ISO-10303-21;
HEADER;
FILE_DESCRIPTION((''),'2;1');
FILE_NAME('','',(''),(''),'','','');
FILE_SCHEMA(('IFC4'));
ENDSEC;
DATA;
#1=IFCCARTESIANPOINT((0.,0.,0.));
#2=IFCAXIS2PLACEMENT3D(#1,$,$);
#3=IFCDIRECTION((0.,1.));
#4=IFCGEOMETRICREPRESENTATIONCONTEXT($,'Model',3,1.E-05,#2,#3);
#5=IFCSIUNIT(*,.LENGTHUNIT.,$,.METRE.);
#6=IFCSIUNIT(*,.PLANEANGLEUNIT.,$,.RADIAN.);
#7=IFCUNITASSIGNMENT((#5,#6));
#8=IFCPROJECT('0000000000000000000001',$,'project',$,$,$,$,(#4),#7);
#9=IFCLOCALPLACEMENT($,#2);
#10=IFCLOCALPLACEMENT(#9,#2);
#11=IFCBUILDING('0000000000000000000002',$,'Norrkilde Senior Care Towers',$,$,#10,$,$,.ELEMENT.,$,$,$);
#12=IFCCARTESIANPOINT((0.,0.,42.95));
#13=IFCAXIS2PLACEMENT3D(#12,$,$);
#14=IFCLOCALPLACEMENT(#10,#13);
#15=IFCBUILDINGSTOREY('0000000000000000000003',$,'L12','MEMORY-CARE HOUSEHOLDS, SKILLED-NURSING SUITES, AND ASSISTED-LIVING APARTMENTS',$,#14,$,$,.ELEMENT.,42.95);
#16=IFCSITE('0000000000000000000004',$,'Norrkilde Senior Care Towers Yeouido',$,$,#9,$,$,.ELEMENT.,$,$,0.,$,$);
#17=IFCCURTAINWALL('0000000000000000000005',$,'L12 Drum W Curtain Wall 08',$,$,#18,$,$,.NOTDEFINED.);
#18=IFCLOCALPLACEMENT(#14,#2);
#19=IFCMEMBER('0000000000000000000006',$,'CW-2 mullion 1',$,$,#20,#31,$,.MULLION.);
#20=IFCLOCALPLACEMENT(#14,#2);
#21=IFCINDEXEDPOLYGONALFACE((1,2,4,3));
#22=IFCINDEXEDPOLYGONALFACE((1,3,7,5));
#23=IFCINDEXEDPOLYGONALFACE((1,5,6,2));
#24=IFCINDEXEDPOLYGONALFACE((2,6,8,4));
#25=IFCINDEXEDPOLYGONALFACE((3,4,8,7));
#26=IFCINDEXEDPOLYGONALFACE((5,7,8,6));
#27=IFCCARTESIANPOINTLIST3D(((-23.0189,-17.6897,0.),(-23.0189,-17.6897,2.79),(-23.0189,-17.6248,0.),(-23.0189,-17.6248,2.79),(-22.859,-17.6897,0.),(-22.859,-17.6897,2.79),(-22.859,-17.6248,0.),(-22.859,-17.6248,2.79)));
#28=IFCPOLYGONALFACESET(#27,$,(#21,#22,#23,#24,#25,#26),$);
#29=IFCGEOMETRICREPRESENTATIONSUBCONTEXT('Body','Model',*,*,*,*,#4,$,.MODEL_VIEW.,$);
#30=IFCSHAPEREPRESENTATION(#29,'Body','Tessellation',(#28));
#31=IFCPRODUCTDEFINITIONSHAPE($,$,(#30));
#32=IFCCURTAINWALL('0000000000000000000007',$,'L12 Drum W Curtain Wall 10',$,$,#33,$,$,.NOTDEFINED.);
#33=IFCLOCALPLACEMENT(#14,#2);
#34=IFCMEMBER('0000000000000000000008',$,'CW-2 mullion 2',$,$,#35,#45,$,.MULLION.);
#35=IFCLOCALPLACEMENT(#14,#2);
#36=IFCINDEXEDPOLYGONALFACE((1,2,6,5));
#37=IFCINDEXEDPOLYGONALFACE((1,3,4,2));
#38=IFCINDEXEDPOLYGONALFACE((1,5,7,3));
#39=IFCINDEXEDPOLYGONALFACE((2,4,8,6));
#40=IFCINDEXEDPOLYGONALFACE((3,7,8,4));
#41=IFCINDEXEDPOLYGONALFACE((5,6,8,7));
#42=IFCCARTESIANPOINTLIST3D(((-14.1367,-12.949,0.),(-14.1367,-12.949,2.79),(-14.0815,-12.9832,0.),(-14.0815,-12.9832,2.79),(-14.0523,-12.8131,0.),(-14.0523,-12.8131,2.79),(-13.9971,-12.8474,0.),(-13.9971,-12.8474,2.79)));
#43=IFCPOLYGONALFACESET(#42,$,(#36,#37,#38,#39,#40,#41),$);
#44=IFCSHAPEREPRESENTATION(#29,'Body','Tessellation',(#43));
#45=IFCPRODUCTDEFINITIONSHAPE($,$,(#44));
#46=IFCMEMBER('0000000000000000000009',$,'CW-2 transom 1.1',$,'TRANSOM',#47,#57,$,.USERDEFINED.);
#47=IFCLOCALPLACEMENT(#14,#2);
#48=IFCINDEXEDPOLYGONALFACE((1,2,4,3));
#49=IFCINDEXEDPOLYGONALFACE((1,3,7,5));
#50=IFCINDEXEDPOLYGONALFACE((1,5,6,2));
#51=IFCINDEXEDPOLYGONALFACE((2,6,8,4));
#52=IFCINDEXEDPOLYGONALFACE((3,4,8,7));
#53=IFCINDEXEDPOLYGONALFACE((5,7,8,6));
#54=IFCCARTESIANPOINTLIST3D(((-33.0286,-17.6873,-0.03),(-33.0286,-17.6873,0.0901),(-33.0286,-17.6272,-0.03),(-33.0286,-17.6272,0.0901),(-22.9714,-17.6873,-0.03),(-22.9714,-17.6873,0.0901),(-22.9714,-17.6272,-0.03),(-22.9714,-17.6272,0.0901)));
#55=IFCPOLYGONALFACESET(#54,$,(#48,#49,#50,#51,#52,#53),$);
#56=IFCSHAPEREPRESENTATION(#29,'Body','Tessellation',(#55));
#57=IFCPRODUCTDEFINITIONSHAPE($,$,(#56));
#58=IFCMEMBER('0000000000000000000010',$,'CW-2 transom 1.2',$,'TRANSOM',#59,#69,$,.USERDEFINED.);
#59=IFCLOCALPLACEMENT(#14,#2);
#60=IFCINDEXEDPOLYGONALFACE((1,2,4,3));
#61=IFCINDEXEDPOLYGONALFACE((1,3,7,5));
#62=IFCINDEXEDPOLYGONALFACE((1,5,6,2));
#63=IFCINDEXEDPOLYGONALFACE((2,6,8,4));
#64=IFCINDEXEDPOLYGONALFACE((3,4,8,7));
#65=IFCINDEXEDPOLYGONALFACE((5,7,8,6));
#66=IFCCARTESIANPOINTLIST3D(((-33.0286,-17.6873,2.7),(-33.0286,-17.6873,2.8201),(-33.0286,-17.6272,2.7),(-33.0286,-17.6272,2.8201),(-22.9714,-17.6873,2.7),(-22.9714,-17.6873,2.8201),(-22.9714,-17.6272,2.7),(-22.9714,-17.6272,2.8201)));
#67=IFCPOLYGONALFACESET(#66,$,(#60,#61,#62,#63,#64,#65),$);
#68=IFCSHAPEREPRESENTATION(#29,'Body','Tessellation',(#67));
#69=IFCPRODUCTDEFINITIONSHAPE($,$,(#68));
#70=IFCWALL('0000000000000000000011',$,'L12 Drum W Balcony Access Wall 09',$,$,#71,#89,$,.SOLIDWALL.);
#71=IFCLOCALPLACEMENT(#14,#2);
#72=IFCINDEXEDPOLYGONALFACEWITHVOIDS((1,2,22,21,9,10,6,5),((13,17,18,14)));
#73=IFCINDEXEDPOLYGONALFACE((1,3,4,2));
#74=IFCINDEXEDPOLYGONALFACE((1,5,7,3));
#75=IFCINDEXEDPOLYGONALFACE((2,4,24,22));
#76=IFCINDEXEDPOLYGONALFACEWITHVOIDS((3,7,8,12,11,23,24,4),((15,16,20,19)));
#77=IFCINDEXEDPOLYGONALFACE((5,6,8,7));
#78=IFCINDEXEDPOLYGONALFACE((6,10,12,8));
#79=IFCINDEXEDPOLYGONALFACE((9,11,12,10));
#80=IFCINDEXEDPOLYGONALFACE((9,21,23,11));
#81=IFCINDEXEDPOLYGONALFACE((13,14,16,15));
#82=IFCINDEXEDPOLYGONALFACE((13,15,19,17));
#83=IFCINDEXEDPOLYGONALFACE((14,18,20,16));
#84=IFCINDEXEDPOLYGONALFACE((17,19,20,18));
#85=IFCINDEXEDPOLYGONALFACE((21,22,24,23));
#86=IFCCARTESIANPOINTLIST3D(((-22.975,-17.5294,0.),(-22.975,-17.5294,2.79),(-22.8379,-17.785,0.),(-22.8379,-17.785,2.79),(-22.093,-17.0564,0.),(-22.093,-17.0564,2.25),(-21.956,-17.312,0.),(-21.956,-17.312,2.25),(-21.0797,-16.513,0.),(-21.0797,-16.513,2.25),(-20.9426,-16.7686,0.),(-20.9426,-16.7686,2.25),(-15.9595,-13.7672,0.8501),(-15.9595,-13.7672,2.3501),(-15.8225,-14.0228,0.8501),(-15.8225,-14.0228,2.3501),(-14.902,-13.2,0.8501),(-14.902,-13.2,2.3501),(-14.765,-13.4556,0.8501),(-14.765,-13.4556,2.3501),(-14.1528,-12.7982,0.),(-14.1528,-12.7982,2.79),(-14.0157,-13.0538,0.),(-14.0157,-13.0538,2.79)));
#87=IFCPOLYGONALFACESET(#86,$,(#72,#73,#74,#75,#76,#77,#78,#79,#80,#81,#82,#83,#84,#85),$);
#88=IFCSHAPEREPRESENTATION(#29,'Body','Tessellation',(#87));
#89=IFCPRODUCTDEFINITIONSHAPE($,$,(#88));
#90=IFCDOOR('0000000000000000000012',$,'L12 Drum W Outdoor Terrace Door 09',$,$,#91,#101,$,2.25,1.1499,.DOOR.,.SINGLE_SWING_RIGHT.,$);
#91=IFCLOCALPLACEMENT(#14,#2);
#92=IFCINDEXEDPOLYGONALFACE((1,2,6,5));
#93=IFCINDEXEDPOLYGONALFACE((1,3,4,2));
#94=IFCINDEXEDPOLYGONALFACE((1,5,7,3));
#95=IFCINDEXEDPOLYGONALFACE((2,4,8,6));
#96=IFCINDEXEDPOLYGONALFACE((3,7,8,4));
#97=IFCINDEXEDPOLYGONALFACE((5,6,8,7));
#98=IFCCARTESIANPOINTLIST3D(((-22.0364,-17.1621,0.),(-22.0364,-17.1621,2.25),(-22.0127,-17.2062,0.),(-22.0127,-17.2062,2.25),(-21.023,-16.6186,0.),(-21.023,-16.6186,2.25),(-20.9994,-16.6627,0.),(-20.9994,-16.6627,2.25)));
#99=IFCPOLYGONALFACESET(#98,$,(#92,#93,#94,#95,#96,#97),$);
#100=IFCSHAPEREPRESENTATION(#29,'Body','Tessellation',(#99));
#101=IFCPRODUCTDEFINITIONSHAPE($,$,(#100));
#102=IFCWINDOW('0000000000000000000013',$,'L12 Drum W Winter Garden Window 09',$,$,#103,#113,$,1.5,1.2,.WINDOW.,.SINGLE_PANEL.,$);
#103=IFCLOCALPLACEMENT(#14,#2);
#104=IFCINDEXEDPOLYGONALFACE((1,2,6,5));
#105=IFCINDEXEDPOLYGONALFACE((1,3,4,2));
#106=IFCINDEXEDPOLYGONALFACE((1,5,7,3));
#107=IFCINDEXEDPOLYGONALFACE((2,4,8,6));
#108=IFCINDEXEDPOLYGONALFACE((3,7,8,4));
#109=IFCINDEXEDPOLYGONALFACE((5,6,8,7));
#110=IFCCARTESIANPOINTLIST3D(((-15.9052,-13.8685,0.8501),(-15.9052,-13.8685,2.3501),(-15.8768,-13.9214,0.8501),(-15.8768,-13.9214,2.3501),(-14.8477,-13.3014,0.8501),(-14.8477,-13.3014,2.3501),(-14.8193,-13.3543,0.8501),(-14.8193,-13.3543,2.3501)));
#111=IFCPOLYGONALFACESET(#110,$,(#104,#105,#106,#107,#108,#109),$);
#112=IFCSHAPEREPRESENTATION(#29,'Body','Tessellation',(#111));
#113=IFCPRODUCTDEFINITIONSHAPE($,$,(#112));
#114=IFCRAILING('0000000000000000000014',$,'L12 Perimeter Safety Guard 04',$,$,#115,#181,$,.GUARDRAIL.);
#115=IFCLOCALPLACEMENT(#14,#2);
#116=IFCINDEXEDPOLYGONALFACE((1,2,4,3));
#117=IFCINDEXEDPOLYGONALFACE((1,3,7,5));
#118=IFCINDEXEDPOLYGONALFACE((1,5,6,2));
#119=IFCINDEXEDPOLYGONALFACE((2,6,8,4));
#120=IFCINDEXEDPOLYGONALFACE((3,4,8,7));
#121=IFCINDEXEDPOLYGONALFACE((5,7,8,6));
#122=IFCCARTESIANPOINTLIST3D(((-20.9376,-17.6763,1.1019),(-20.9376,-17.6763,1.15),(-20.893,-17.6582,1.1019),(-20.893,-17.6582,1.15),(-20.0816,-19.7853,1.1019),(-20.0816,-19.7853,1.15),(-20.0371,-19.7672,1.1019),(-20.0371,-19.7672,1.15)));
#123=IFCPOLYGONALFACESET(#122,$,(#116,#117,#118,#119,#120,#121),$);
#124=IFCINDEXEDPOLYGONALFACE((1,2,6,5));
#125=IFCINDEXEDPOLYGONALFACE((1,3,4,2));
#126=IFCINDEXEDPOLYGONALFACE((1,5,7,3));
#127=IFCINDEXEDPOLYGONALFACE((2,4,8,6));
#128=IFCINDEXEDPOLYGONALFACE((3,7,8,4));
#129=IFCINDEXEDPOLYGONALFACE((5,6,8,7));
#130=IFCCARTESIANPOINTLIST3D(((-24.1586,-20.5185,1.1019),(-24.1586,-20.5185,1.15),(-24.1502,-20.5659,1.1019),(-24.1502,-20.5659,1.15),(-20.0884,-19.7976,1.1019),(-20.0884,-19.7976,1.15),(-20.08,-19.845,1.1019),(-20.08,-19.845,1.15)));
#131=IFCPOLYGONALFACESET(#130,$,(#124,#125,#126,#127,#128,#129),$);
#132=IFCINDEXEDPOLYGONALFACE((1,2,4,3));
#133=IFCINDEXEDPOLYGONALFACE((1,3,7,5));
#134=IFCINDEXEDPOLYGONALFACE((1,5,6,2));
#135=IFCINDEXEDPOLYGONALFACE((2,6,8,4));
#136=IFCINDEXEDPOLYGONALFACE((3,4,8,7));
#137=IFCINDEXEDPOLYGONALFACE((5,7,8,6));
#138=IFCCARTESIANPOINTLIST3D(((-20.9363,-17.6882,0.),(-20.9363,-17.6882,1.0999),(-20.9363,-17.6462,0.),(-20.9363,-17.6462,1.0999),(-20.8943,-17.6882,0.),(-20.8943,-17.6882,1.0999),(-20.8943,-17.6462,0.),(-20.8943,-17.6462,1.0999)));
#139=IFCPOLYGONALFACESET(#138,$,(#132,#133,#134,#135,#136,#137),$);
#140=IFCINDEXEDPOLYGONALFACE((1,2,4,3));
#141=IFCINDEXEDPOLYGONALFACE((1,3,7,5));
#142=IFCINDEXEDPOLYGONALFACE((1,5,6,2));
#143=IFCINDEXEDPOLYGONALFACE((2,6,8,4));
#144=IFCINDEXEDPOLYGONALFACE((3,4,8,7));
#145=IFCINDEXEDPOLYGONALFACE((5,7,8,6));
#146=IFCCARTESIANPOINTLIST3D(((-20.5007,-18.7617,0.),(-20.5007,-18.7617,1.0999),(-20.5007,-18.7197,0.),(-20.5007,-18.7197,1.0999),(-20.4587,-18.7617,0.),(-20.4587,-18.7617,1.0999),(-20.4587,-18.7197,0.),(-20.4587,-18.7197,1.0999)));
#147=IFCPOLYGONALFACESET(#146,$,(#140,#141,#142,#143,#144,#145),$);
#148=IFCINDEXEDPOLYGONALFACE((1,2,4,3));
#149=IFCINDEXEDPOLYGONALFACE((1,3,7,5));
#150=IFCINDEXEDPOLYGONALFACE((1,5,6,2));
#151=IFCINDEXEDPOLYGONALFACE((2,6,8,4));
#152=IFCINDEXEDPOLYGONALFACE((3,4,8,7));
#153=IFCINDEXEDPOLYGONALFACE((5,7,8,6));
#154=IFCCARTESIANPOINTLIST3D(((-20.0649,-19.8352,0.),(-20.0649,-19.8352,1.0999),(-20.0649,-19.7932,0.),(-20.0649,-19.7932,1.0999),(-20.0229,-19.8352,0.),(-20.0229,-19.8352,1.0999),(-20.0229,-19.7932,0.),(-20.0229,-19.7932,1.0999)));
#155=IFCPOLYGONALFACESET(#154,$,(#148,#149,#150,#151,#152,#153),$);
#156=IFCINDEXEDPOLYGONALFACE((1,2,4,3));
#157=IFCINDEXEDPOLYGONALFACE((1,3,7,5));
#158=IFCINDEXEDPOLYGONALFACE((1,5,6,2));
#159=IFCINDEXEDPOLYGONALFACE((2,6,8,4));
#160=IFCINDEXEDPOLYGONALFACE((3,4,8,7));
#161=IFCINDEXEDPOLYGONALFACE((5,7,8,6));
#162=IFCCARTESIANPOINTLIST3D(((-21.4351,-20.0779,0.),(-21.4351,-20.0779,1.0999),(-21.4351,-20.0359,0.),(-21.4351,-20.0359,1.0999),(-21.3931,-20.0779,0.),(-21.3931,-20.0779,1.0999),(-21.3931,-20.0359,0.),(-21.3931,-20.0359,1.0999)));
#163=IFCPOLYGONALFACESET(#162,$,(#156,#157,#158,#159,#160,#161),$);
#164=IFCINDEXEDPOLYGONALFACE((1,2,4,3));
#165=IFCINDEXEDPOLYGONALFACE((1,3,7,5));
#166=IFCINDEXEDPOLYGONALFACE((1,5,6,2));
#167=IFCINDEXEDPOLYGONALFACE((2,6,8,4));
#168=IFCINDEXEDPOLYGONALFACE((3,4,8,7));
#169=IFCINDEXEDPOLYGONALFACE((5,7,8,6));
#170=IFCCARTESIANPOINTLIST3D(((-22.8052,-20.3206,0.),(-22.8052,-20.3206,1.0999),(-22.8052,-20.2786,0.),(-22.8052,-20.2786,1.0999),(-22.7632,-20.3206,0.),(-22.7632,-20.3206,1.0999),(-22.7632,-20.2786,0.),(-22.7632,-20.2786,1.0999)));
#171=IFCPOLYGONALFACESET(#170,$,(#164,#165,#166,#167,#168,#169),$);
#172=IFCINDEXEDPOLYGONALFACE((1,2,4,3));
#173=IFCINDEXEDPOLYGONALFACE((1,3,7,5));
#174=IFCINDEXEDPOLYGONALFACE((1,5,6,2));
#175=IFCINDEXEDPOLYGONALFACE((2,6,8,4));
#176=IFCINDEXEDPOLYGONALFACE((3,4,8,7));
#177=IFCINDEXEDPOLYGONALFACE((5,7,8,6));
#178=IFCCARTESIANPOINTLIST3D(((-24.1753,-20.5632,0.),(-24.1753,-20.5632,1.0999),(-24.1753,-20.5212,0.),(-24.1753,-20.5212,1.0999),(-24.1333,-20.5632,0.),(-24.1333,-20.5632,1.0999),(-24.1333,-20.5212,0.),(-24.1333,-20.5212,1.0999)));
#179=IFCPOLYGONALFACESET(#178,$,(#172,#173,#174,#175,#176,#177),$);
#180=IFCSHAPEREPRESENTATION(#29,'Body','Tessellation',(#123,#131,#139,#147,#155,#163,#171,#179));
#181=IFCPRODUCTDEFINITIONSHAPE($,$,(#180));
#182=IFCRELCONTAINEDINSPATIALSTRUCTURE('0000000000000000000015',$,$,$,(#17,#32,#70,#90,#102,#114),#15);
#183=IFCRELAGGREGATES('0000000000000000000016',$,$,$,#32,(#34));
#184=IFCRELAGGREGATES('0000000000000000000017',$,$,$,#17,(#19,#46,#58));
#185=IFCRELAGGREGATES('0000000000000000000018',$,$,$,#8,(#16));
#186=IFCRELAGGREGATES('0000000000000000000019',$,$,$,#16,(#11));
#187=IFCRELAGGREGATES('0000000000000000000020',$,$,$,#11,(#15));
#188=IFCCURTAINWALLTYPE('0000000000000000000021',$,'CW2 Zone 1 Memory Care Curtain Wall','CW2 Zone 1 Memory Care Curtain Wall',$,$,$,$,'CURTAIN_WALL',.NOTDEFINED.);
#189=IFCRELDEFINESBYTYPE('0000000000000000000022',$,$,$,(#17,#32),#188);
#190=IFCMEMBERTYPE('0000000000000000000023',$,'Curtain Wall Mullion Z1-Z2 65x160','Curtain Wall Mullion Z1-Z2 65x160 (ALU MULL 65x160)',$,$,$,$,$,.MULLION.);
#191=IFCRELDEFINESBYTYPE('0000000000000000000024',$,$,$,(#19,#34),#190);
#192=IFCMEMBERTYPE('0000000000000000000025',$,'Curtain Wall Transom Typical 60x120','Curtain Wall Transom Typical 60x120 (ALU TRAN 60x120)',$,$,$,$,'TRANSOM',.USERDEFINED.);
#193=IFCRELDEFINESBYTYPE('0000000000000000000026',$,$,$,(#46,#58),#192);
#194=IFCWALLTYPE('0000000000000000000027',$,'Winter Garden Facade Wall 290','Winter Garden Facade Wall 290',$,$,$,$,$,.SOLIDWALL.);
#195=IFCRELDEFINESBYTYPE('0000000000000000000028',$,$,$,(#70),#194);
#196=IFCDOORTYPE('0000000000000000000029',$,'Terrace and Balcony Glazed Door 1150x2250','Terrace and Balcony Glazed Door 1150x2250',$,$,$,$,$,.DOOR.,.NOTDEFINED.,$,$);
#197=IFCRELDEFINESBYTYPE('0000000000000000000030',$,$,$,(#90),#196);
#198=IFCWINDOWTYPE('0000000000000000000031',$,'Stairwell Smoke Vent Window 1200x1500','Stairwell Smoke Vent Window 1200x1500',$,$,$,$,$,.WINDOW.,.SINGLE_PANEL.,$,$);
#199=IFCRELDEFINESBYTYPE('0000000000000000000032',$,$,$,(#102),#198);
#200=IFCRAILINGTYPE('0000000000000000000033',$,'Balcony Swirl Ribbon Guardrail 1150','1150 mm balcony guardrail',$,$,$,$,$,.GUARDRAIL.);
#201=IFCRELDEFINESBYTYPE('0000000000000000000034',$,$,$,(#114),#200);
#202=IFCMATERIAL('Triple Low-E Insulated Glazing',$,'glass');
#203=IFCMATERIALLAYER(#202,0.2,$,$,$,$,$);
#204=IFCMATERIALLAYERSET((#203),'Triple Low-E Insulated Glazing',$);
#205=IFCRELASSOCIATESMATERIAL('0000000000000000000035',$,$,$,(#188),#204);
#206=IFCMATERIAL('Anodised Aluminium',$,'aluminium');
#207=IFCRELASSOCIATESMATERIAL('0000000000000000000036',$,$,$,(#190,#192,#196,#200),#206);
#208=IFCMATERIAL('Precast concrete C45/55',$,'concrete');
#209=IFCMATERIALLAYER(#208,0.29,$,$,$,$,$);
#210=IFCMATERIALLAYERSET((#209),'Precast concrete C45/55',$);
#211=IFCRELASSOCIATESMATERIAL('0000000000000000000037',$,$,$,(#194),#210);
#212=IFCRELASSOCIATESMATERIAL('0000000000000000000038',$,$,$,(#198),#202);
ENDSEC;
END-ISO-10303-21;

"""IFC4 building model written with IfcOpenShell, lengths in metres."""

from ifc_helpers import new_model, si_unit, direction, frame, frame_2d, origin, origin_2d, place, context, subcontext, project, spatial, rectangle, extrude, source, transform, mapped, material, layer, layer_set, material_profile, profile_set, type_object, type_shapes, element, fill, aggregate, save


model = new_model("IFC4")

# Units and contexts
model_context = context("Model", 3, precision=1e-05, world=origin(), true_north=direction((0.0, 1.0)))
body_context = subcontext(model_context, "Body", "Model", "MODEL_VIEW")
ifc_project = project(units=[si_unit("LENGTHUNIT", "METRE"), si_unit("PLANEANGLEUNIT", "RADIAN")], contexts=[model_context])

# Site, building, storey
site_placement = place(None, origin())
site = spatial("IfcSite", under=ifc_project, at=site_placement, Name="Norrkilde Senior Care Towers Yeouido", CompositionType="ELEMENT", RefElevation=0.0)
building_placement = place(site_placement, origin())
building = spatial("IfcBuilding", under=site, at=building_placement, Name="Norrkilde Senior Care Towers", CompositionType="ELEMENT")
storey_placement = place(building_placement, frame((0.0, 0.0, 42.95)))
storey = spatial("IfcBuildingStorey", under=building, at=storey_placement, Name="L12", Description="MEMORY-CARE HOUSEHOLDS, SKILLED-NURSING SUITES, AND ASSISTED-LIVING APARTMENTS", CompositionType="ELEMENT", Elevation=42.95)

# Curtain walls, members
ifc_material_1 = material(Name="Triple Low-E Insulated Glazing", Category="glass")
ifc_layer_1 = layer(ifc_material_1, 0.2)
ifc_layer_set_1 = layer_set([ifc_layer_1], Name="Triple Low-E Insulated Glazing")
curtain_wall_type = type_object("IfcCurtainWallType", Name="CW2 Zone 1 Memory Care Curtain Wall", Description="CW2 Zone 1 Memory Care Curtain Wall", ElementType="CURTAIN_WALL", PredefinedType="NOTDEFINED", material=ifc_layer_set_1)
curtain_wall_1_placement = place(storey_placement, origin())
curtain_wall_1 = element("IfcCurtainWall", 1, at=curtain_wall_1_placement, inside=storey, type_object=curtain_wall_type, Name="L12 Drum W Curtain Wall 08", PredefinedType="NOTDEFINED")
ifc_material_2 = material(Name="Anodised Aluminium", Category="aluminium")
ifc_material_profile_1 = material_profile(ifc_material_2, rectangle(XDim=0.0649, YDim=0.1599, at=origin_2d()), Name="ALU MULL 65x160")
ifc_profile_set_1 = profile_set([ifc_material_profile_1], Name="Anodised Aluminium")
member_type_1 = type_object("IfcMemberType", Name="Curtain Wall Mullion Z1-Z2 65x160", Description="Curtain Wall Mullion Z1-Z2 65x160 (ALU MULL 65x160)", PredefinedType="MULLION", material=ifc_profile_set_1)
shared_shape_1 = source(origin(), body_context, "Body", "SweptSolid", [
    extrude(rectangle(XDim=0.0649, YDim=0.1599, at=origin_2d()), origin(), (0.0, 0.0, 1.0), 2.79),
])
type_shapes(member_type_1, [shared_shape_1])
member_1_placement = place(storey_placement, frame((-22.939, -17.6572, 0.0), z_axis=(0.0, 0.0, 1.0), x_axis=(0.0, -1.0, 0.0)))
member_1 = element("IfcMember", 2, at=member_1_placement, type_object=member_type_1, Name="CW-2 mullion 1", PredefinedType="MULLION", context=body_context, shape_type="MappedRepresentation", body=[
    mapped(shared_shape_1, transform((0.0, 0.0, 0.0), x_axis=(1.0, 0.0, 0.0), y_axis=(0.0, 1.0, 0.0), z_axis=(0.0, 0.0, 1.0), scale=1.0)),
])
curtain_wall_2_placement = place(storey_placement, origin())
curtain_wall_2 = element("IfcCurtainWall", 3, at=curtain_wall_2_placement, inside=storey, type_object=curtain_wall_type, Name="L12 Drum W Curtain Wall 10", PredefinedType="NOTDEFINED")
member_2_placement = place(storey_placement, frame((-14.0669, -12.8982, 0.0), z_axis=(0.0, 0.0, 1.0), x_axis=(0.849306, -0.527901, 0.0)))
member_2 = element("IfcMember", 4, at=member_2_placement, type_object=member_type_1, Name="CW-2 mullion 2", PredefinedType="MULLION", context=body_context, shape_type="MappedRepresentation", body=[
    mapped(shared_shape_1, transform((0.0, 0.0, 0.0), x_axis=(1.0, 0.0, 0.0), y_axis=(0.0, 1.0, 0.0), z_axis=(0.0, 0.0, 1.0), scale=1.0)),
])
aggregate(curtain_wall_2, [member_2])

# Members
ifc_material_profile_2 = material_profile(ifc_material_2, rectangle(XDim=0.0601, YDim=0.1201, at=origin_2d()), Name="ALU TRAN 60x120")
ifc_profile_set_2 = profile_set([ifc_material_profile_2], Name="Anodised Aluminium")
member_type_2 = type_object("IfcMemberType", Name="Curtain Wall Transom Typical 60x120", Description="Curtain Wall Transom Typical 60x120 (ALU TRAN 60x120)", ElementType="TRANSOM", PredefinedType="USERDEFINED", material=ifc_profile_set_2)
shared_shape_2 = source(origin(), body_context, "Body", "SweptSolid", [
    extrude(rectangle(XDim=0.0601, YDim=0.1201, at=origin_2d()), origin(), (0.0, 0.0, 1.0), 10.0571),
])
type_shapes(member_type_2, [shared_shape_2])
member_3_placement = place(storey_placement, frame((-22.9714, -17.6572, 0.03), z_axis=(-1.0, 0.0, 0.0), x_axis=(0.0, -1.0, 0.0)))
member_3 = element("IfcMember", 5, at=member_3_placement, type_object=member_type_2, Name="CW-2 transom 1.1", ObjectType="TRANSOM", PredefinedType="USERDEFINED", context=body_context, shape_type="MappedRepresentation", body=[
    mapped(shared_shape_2, transform((0.0, 0.0, 0.0), x_axis=(1.0, 0.0, 0.0), y_axis=(0.0, 1.0, 0.0), z_axis=(0.0, 0.0, 1.0), scale=1.0)),
])
member_4_placement = place(storey_placement, frame((-22.9714, -17.6572, 2.76), z_axis=(-1.0, 0.0, 0.0), x_axis=(0.0, -1.0, 0.0)))
member_4 = element("IfcMember", 6, at=member_4_placement, type_object=member_type_2, Name="CW-2 transom 1.2", ObjectType="TRANSOM", PredefinedType="USERDEFINED", context=body_context, shape_type="MappedRepresentation", body=[
    mapped(shared_shape_2, transform((0.0, 0.0, 0.0), x_axis=(1.0, 0.0, 0.0), y_axis=(0.0, 1.0, 0.0), z_axis=(0.0, 0.0, 1.0), scale=1.0)),
])
aggregate(curtain_wall_1, [member_1, member_3, member_4])

# Wall, openings, door, window
ifc_material_3 = material(Name="Precast concrete C45/55", Category="concrete")
ifc_layer_2 = layer(ifc_material_3, 0.29)
ifc_layer_set_2 = layer_set([ifc_layer_2], Name="Precast concrete C45/55")
wall_type = type_object("IfcWallType", Name="Winter Garden Facade Wall 290", Description="Winter Garden Facade Wall 290", PredefinedType="SOLIDWALL", material=ifc_layer_set_2)
shared_shape_3 = source(origin(), body_context, "Body", "SweptSolid", [
    extrude(rectangle(XDim=10.0107, YDim=0.29, at=frame_2d((5.0054, 0.0))), origin(), (0.0, 0.0, 1.0), 2.79),
])
type_shapes(wall_type, [shared_shape_3])
wall_placement = place(storey_placement, frame((-14.0842, -12.926, 0.0), z_axis=(0.0, 0.0, 1.0), x_axis=(-0.881273, -0.472608, 0.0)))
wall = element("IfcWall", 7, at=wall_placement, inside=storey, type_object=wall_type, Name="L12 Drum W Balcony Access Wall 09", PredefinedType="SOLIDWALL", context=body_context, shape_type="MappedRepresentation", body=[
    mapped(shared_shape_3, transform((0.0, 0.0, 0.0), x_axis=(1.0, 0.0, 0.0), y_axis=(0.0, 1.0, 0.0), z_axis=(0.0, 0.0, 1.0), scale=1.0)),
])
opening_1_placement = place(wall_placement, frame((7.8601, 0.0, 0.0)))
opening_1 = element("IfcOpeningElement", 8, at=opening_1_placement, cuts=wall, PredefinedType="OPENING", context=body_context, shape_type="SweptSolid", body=[
    extrude(rectangle(XDim=1.1499, YDim=2.25, at=frame_2d((0.575, 1.125))), frame((0.0, 0.155, 0.0), z_axis=(0.0, -1.0, 0.0), x_axis=(1.0, 0.0, 0.0)), (0.0, 0.0, 1.0), 0.3101),
])
opening_2_placement = place(wall_placement, frame((0.8501, 0.0, 0.8501)))
opening_2 = element("IfcOpeningElement", 9, at=opening_2_placement, cuts=wall, PredefinedType="OPENING", context=body_context, shape_type="SweptSolid", body=[
    extrude(rectangle(XDim=1.2, YDim=1.5, at=frame_2d((0.6001, 0.75))), frame((0.0, 0.155, 0.0), z_axis=(0.0, -1.0, 0.0), x_axis=(1.0, 0.0, 0.0)), (0.0, 0.0, 1.0), 0.3101),
])
door_type = type_object("IfcDoorType", Name="Terrace and Balcony Glazed Door 1150x2250", Description="Terrace and Balcony Glazed Door 1150x2250", OperationType="NOTDEFINED", PredefinedType="DOOR", material=ifc_material_2)
shared_shape_4 = source(origin(), body_context, "Body", "SweptSolid", [
    extrude(rectangle(XDim=1.1499, YDim=2.25, at=frame_2d((0.575, 1.125))), frame((0.0, 0.0249, 0.0), z_axis=(0.0, -1.0, 0.0), x_axis=(1.0, 0.0, 0.0)), (0.0, 0.0, 1.0), 0.05),
])
type_shapes(door_type, [shared_shape_4])
door_placement = place(opening_1_placement, origin())
door = element("IfcDoor", 10, at=door_placement, inside=storey, type_object=door_type, Name="L12 Drum W Outdoor Terrace Door 09", OperationType="SINGLE_SWING_RIGHT", OverallHeight=2.25, OverallWidth=1.1499, PredefinedType="DOOR", context=body_context, shape_type="MappedRepresentation", body=[
    mapped(shared_shape_4, transform((0.0, 0.0, 0.0), x_axis=(1.0, 0.0, 0.0), y_axis=(0.0, 1.0, 0.0), z_axis=(0.0, 0.0, 1.0), scale=1.0)),
])
fill(opening_1, door)
window_type = type_object("IfcWindowType", Name="Stairwell Smoke Vent Window 1200x1500", Description="Stairwell Smoke Vent Window 1200x1500", PartitioningType="SINGLE_PANEL", PredefinedType="WINDOW", material=ifc_material_1)
shared_shape_5 = source(origin(), body_context, "Body", "SweptSolid", [
    extrude(rectangle(XDim=1.2, YDim=1.5, at=frame_2d((0.6001, 0.75))), frame((0.0, 0.03, 0.0), z_axis=(0.0, -1.0, 0.0), x_axis=(1.0, 0.0, 0.0)), (0.0, 0.0, 1.0), 0.0601),
])
type_shapes(window_type, [shared_shape_5])
window_placement = place(opening_2_placement, origin())
window = element("IfcWindow", 11, at=window_placement, inside=storey, type_object=window_type, Name="L12 Drum W Winter Garden Window 09", OverallHeight=1.5, OverallWidth=1.2, PartitioningType="SINGLE_PANEL", PredefinedType="WINDOW", context=body_context, shape_type="MappedRepresentation", body=[
    mapped(shared_shape_5, transform((0.0, 0.0, 0.0), x_axis=(1.0, 0.0, 0.0), y_axis=(0.0, 1.0, 0.0), z_axis=(0.0, 0.0, 1.0), scale=1.0)),
])
fill(opening_2, window)

# Railing
railing_type = type_object("IfcRailingType", Name="Balcony Swirl Ribbon Guardrail 1150", Description="1150 mm balcony guardrail", PredefinedType="GUARDRAIL", material=ifc_material_2)
railing_placement = place(storey_placement, frame((-20.9153, -17.6672, 0.0)))
element("IfcRailing", 12, at=railing_placement, inside=storey, type_object=railing_type, Name="L12 Perimeter Safety Guard 04", PredefinedType="GUARDRAIL", context=body_context, shape_type="SweptSolid", body=[
    extrude(rectangle(XDim=0.0481, YDim=0.0481, at=origin_2d()), frame((0.0, 0.0, 1.126), z_axis=(0.376055, -0.926597, 0.0), x_axis=(0.926597, 0.376055, 0.0)), (0.0, 0.0, 1.0), 2.2761),
    extrude(rectangle(XDim=0.0481, YDim=0.0481, at=origin_2d()), frame((0.8311, -2.1541, 1.126), z_axis=(-0.984674, -0.174406, 0.0), x_axis=(0.174406, -0.984674, 0.0)), (0.0, 0.0, 1.0), 4.1335),
    extrude(rectangle(XDim=0.042, YDim=0.042, at=origin_2d()), origin(), (0.0, 0.0, 1.0), 1.0999),
    extrude(rectangle(XDim=0.042, YDim=0.042, at=origin_2d()), frame((0.4355, -1.0735, 0.0)), (0.0, 0.0, 1.0), 1.0999),
    extrude(rectangle(XDim=0.042, YDim=0.042, at=origin_2d()), frame((0.8713, -2.147, 0.0)), (0.0, 0.0, 1.0), 1.0999),
    extrude(rectangle(XDim=0.042, YDim=0.042, at=origin_2d()), frame((-0.4988, -2.3896, 0.0)), (0.0, 0.0, 1.0), 1.0999),
    extrude(rectangle(XDim=0.042, YDim=0.042, at=origin_2d()), frame((-1.8689, -2.6323, 0.0)), (0.0, 0.0, 1.0), 1.0999),
    extrude(rectangle(XDim=0.042, YDim=0.042, at=origin_2d()), frame((-3.239, -2.875, 0.0)), (0.0, 0.0, 1.0), 1.0999),
])

save(model, "model.ifc")
